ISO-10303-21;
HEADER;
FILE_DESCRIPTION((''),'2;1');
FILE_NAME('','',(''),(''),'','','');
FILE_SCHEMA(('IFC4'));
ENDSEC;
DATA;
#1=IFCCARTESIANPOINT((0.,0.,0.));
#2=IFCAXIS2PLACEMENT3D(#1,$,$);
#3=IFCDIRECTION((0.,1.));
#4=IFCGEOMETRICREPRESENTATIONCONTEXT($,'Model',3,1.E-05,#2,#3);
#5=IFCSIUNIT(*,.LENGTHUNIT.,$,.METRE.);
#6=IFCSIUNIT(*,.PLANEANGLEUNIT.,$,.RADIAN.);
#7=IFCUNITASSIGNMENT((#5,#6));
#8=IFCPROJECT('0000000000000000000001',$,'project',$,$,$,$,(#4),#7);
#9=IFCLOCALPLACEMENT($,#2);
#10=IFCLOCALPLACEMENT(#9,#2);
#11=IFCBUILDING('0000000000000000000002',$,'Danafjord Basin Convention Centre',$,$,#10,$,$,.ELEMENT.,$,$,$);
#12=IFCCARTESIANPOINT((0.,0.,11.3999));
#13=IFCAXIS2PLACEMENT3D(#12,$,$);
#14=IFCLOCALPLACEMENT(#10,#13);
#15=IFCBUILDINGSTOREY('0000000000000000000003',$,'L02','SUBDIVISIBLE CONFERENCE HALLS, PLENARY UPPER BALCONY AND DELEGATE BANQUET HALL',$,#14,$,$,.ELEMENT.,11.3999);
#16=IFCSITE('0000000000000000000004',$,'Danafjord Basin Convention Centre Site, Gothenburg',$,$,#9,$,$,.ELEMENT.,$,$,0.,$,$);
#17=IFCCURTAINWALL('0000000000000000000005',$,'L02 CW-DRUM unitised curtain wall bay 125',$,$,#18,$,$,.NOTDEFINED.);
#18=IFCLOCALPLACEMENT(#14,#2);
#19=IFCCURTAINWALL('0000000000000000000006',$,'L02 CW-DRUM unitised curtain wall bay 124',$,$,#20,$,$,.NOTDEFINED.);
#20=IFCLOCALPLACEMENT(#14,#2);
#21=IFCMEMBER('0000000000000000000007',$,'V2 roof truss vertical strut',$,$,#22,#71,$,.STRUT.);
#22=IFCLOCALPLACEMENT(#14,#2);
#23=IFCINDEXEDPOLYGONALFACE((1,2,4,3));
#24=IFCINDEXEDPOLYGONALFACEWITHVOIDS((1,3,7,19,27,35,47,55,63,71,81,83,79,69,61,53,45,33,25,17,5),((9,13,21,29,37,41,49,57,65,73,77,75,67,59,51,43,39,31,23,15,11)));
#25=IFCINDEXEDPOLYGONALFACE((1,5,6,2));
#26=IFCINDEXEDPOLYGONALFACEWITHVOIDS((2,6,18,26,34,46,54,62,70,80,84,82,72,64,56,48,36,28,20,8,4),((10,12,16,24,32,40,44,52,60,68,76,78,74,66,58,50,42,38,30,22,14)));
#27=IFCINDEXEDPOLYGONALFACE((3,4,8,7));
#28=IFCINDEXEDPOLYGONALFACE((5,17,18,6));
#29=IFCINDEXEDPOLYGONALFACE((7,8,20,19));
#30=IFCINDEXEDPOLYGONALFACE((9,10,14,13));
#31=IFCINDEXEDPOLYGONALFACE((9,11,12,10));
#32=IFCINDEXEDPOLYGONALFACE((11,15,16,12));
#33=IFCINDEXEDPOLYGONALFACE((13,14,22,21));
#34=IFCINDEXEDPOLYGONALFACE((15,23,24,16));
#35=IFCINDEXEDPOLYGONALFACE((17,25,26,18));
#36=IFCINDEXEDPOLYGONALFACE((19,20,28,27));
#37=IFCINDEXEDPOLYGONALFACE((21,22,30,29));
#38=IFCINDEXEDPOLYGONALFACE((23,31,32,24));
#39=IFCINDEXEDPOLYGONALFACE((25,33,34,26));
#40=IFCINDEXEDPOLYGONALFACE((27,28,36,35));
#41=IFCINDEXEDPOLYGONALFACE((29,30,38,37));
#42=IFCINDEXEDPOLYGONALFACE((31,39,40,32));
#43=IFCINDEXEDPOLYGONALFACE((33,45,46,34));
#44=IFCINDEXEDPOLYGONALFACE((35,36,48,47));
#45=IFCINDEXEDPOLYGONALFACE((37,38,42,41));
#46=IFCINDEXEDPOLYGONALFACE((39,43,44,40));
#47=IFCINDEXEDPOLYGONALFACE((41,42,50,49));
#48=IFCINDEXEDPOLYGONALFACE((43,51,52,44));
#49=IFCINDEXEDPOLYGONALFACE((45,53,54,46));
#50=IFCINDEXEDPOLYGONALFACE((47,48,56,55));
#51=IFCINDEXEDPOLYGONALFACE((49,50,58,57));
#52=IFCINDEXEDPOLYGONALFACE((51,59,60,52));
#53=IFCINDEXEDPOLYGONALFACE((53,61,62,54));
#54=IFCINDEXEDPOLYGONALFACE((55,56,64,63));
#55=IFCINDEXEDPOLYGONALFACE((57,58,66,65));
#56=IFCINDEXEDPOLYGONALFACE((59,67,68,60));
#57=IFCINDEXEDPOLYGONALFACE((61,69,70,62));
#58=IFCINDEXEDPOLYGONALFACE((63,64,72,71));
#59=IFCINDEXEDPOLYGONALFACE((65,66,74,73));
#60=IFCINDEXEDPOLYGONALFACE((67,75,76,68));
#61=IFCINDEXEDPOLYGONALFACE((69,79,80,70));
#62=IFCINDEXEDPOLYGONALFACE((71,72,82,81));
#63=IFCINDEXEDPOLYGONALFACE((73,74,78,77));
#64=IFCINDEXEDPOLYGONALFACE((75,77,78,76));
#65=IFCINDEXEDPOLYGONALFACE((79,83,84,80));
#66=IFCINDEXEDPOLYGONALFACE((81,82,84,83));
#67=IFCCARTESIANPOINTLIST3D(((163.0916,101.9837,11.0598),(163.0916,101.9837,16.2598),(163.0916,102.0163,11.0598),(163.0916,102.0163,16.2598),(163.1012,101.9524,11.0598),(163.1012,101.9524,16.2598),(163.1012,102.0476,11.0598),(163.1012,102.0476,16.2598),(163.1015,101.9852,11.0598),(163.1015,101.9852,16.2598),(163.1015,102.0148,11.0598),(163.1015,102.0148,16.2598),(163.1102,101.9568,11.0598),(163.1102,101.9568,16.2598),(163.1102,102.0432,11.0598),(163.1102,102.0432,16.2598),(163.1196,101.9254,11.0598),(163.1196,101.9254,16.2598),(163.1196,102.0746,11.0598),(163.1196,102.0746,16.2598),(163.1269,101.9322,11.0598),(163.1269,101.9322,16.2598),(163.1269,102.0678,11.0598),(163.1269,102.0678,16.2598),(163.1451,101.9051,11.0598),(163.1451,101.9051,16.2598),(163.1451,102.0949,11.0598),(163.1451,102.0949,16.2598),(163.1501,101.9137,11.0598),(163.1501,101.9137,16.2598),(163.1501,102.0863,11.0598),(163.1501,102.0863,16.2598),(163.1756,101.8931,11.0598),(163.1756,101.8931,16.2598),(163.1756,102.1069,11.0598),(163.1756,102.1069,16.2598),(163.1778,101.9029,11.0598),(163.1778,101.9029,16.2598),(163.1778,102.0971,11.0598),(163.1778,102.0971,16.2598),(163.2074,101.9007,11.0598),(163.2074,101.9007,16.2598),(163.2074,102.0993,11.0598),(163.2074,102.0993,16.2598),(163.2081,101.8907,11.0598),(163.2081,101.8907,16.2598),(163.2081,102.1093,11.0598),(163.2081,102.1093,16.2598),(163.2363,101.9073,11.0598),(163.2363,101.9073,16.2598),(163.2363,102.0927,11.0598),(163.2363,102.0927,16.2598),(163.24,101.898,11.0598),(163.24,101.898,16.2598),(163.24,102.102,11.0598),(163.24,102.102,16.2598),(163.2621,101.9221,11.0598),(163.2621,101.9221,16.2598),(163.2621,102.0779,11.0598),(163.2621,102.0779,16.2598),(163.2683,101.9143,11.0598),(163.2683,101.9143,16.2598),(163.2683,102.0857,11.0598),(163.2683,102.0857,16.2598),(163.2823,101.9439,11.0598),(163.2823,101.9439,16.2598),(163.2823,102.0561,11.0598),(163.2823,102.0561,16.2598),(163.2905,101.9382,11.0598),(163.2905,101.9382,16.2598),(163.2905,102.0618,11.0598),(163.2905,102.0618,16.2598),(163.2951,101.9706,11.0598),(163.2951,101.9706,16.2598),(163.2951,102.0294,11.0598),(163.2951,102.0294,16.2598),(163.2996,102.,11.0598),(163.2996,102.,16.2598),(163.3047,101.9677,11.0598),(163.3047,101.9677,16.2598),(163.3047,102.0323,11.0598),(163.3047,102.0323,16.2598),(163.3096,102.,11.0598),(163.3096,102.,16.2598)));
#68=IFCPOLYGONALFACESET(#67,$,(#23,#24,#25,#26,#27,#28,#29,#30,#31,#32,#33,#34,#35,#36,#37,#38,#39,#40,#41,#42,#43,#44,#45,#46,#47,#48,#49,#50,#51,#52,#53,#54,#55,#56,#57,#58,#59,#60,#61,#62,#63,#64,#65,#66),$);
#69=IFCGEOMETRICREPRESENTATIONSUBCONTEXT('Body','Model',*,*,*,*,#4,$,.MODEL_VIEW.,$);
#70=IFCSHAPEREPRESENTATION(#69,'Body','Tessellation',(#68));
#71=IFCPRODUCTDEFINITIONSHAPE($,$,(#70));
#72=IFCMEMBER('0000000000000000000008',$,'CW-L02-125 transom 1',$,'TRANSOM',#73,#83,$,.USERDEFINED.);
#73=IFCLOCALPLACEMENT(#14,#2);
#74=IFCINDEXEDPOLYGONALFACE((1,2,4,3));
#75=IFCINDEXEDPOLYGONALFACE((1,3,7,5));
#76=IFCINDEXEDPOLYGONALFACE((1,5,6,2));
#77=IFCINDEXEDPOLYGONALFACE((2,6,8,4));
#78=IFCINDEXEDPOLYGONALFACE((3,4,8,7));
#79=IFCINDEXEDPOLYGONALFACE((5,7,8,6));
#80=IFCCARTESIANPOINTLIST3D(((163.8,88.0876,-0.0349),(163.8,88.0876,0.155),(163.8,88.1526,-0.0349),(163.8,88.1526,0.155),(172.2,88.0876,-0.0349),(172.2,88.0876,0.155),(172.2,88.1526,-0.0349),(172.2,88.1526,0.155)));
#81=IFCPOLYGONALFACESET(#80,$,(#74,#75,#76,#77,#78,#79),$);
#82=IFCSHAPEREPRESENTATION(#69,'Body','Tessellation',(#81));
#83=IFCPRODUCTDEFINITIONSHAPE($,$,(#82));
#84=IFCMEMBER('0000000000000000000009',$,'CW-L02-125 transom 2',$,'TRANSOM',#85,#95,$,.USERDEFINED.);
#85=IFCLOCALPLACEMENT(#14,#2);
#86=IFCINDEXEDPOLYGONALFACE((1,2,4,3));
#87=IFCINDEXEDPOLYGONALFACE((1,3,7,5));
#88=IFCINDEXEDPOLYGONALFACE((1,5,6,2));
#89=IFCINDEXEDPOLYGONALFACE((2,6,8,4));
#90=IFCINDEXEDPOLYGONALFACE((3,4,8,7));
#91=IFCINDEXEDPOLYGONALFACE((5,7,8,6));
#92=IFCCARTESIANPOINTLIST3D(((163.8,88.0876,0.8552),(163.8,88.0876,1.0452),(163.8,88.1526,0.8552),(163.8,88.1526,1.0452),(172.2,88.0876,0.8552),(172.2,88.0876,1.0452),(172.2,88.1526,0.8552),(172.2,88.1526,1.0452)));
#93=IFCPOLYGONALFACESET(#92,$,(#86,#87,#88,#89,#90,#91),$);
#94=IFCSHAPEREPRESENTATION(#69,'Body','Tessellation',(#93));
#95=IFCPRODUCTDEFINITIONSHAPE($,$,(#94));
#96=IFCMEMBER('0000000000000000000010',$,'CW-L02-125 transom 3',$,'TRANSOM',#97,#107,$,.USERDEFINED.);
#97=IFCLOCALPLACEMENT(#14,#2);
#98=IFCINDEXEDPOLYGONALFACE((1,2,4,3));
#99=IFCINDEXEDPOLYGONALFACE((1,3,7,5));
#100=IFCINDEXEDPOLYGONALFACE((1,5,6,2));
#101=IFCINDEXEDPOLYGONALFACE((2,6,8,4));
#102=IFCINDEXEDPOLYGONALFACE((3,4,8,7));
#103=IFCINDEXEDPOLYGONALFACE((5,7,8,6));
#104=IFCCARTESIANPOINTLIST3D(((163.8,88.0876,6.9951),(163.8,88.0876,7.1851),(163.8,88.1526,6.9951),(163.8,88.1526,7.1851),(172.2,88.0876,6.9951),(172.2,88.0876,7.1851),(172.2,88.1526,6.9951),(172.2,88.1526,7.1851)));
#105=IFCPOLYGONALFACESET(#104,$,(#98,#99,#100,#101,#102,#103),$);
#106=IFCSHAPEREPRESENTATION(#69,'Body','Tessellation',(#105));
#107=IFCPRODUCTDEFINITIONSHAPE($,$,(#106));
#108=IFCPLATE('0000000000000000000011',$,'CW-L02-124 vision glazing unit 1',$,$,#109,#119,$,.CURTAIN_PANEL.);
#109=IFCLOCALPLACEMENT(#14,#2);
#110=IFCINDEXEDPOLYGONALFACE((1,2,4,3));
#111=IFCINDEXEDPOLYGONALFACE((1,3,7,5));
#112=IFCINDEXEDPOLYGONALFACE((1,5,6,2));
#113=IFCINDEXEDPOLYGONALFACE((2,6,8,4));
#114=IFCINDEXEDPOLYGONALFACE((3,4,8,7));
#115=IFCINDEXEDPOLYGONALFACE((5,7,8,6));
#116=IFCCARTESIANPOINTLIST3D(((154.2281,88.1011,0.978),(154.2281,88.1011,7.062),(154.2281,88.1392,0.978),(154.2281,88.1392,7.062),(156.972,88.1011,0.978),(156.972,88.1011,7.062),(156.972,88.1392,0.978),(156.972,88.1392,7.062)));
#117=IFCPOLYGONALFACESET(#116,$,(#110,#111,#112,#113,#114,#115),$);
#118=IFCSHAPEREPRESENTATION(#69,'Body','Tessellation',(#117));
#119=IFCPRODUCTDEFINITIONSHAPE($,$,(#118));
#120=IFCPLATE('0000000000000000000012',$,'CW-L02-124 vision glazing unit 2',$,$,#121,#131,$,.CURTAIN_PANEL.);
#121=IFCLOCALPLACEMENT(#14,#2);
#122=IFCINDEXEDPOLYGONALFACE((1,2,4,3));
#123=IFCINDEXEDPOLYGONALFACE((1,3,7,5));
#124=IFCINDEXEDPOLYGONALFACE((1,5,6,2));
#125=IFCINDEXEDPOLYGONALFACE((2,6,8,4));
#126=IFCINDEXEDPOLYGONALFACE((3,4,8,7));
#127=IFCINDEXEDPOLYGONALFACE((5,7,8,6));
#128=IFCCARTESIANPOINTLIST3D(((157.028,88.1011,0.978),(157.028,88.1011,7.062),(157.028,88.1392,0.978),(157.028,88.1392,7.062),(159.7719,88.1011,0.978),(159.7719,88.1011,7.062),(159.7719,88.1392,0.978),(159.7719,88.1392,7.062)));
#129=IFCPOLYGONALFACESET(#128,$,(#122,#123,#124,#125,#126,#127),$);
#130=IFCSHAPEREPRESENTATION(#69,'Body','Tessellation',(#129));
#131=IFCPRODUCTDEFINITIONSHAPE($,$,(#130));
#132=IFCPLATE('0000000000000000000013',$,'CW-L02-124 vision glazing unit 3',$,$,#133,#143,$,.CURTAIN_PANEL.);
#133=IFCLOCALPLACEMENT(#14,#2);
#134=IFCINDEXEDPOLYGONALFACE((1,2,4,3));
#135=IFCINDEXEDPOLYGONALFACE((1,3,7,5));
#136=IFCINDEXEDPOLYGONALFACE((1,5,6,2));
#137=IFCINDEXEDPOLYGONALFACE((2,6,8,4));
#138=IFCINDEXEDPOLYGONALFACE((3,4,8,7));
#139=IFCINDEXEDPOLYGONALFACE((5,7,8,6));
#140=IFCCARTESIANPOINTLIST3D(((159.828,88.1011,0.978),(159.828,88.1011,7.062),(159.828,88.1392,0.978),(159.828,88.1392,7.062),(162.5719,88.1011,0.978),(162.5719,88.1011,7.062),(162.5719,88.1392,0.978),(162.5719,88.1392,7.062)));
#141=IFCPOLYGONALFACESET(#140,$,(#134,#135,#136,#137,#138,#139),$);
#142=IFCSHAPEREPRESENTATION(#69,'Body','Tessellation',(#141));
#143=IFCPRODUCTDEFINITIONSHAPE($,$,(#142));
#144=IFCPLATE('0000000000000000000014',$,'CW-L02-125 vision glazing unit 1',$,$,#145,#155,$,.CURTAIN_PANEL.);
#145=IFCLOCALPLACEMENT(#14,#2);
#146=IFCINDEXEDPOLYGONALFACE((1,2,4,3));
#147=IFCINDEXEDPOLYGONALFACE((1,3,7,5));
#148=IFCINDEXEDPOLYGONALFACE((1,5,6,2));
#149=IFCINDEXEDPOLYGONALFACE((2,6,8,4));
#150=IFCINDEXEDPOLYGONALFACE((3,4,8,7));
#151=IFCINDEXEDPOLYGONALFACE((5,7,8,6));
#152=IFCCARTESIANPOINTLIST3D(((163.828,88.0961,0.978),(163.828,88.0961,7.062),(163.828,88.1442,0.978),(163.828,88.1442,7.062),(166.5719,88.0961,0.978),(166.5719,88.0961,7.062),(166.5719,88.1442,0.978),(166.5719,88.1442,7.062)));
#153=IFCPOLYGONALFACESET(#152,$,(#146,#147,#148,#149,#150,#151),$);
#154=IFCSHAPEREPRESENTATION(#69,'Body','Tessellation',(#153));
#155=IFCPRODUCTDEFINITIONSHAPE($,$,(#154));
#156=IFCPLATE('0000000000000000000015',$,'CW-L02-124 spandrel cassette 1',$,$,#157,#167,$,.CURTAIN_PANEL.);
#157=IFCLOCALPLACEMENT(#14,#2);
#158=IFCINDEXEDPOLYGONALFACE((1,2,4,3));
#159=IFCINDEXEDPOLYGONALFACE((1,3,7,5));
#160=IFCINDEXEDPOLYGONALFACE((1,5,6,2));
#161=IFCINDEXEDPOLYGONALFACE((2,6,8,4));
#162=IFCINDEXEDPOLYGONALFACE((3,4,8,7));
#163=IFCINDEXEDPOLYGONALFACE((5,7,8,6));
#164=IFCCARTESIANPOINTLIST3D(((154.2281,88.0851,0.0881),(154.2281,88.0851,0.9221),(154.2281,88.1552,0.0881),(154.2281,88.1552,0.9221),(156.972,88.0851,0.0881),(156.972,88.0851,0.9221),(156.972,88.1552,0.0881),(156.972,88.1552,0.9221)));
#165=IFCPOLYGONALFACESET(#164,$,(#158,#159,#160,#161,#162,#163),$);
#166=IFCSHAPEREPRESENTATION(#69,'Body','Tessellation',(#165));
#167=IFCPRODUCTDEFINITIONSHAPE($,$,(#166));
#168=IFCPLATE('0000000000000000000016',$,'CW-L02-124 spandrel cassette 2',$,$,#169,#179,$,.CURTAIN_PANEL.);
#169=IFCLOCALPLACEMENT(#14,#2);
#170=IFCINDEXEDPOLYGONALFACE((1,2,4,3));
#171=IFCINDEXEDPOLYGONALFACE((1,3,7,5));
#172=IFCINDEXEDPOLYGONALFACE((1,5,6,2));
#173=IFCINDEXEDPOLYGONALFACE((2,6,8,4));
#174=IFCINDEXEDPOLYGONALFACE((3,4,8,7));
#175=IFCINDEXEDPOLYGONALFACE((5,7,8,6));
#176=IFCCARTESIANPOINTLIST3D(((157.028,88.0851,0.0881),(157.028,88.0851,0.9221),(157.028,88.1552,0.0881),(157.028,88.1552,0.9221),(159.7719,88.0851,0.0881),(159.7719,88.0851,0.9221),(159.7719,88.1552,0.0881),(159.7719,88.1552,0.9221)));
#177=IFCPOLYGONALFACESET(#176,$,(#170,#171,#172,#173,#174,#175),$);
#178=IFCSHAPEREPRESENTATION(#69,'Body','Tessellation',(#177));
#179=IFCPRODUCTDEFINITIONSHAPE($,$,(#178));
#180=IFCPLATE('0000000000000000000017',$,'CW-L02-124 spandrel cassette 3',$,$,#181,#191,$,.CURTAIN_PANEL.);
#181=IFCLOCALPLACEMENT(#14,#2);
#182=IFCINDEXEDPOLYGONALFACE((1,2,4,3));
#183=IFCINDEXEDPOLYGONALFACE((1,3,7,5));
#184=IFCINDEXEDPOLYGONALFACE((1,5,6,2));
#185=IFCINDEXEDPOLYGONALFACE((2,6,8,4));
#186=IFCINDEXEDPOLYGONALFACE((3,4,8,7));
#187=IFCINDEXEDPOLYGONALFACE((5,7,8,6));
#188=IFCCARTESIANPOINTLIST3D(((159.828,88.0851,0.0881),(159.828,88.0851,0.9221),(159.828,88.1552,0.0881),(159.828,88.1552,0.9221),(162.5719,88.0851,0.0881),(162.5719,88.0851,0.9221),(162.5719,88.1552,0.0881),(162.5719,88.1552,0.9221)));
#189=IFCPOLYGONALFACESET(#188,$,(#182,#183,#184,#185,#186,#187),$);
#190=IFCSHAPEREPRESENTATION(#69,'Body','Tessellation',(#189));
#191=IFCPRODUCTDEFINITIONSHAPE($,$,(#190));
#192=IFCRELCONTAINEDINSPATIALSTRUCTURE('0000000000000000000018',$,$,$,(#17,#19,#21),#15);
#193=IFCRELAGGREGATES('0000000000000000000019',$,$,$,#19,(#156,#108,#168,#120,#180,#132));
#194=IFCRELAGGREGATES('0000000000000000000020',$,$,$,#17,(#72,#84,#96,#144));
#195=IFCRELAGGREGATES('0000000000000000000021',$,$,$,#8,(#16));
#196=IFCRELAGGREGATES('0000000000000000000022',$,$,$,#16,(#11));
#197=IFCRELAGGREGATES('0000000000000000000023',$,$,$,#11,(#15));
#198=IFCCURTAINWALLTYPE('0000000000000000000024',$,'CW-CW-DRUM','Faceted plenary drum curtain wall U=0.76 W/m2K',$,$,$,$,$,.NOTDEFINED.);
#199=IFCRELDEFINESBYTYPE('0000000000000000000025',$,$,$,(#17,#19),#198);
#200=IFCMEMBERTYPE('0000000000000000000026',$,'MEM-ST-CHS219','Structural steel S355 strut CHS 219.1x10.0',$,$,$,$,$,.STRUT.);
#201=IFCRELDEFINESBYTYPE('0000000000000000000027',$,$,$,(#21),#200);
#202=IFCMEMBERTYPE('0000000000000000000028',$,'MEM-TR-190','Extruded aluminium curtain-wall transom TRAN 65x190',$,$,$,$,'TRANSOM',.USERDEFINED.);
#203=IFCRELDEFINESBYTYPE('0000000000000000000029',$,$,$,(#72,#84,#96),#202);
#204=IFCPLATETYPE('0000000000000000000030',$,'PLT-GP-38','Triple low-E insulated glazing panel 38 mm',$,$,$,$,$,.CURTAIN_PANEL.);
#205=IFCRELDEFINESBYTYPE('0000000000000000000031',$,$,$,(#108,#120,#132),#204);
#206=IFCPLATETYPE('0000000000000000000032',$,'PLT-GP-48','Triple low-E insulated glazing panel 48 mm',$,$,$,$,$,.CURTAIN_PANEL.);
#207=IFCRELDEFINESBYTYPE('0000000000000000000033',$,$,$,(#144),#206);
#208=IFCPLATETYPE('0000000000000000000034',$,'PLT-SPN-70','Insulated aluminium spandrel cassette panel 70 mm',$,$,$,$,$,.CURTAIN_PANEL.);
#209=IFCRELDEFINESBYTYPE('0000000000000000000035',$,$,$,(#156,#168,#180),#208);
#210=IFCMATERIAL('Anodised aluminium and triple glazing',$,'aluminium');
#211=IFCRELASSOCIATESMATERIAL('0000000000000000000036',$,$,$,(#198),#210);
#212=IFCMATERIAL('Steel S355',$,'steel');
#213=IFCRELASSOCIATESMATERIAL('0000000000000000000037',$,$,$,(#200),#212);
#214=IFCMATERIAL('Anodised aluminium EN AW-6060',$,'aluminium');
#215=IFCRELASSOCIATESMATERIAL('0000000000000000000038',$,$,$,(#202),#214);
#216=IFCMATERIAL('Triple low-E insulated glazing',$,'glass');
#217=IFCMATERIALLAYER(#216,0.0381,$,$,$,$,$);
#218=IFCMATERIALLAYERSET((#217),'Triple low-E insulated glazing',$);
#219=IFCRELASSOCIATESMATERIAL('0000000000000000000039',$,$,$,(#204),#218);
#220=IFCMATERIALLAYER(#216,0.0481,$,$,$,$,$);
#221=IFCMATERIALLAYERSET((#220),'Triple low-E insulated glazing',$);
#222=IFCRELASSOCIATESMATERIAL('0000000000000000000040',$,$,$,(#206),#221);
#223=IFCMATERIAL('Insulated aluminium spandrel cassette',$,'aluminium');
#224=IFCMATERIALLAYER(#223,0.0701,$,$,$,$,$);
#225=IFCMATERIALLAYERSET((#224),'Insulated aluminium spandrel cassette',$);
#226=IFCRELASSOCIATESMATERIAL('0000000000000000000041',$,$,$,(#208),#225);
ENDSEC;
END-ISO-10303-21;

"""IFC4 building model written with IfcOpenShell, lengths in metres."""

from ifc_helpers import new_model, si_unit, direction, frame, origin, origin_2d, place, context, subcontext, project, spatial, rectangle, hollow_circle, extrude, material, layer, layer_set, material_profile, profile_set, type_object, element, aggregate, save


model = new_model("IFC4")

# Units and contexts
model_context = context("Model", 3, precision=1e-05, world=origin(), true_north=direction((0.0, 1.0)))
body_context = subcontext(model_context, "Body", "Model", "MODEL_VIEW")
ifc_project = project(units=[si_unit("LENGTHUNIT", "METRE"), si_unit("PLANEANGLEUNIT", "RADIAN")], contexts=[model_context])

# Site, building, storey
site_placement = place(None, origin())
site = spatial("IfcSite", under=ifc_project, at=site_placement, Name="Danafjord Basin Convention Centre Site, Gothenburg", CompositionType="ELEMENT", RefElevation=0.0)
building_placement = place(site_placement, origin())
building = spatial("IfcBuilding", under=site, at=building_placement, Name="Danafjord Basin Convention Centre", CompositionType="ELEMENT")
storey_placement = place(building_placement, frame((0.0, 0.0, 11.3999)))
storey = spatial("IfcBuildingStorey", under=building, at=storey_placement, Name="L02", Description="SUBDIVISIBLE CONFERENCE HALLS, PLENARY UPPER BALCONY AND DELEGATE BANQUET HALL", CompositionType="ELEMENT", Elevation=11.3999)

# Shared definitions
ifc_material_1 = material(Name="Steel S355", Category="steel")

# Curtain walls
ifc_material_2 = material(Name="Anodised aluminium and triple glazing", Category="aluminium")
curtain_wall_type = type_object("IfcCurtainWallType", Name="CW-CW-DRUM", Description="Faceted plenary drum curtain wall U=0.76 W/m2K", PredefinedType="NOTDEFINED", material=ifc_material_2)
curtain_wall_1_placement = place(storey_placement, origin())
curtain_wall_1 = element("IfcCurtainWall", 1, at=curtain_wall_1_placement, inside=storey, type_object=curtain_wall_type, Name="L02 CW-DRUM unitised curtain wall bay 125", PredefinedType="NOTDEFINED")
ifc_material_3 = material(Name="Anodised aluminium EN AW-6060", Category="aluminium")
curtain_wall_2_placement = place(storey_placement, origin())
curtain_wall_2 = element("IfcCurtainWall", 2, at=curtain_wall_2_placement, inside=storey, type_object=curtain_wall_type, Name="L02 CW-DRUM unitised curtain wall bay 124", PredefinedType="NOTDEFINED")

# Members
ifc_material_profile_1 = material_profile(ifc_material_1, hollow_circle(Radius=0.1096, WallThickness=0.01, at=origin_2d()), Name="CHS 219.1x10.0")
ifc_profile_set_1 = profile_set([ifc_material_profile_1], Name="Steel S355")
member_type_1 = type_object("IfcMemberType", Name="MEM-ST-CHS219", Description="Structural steel S355 strut CHS 219.1x10.0", PredefinedType="STRUT", material=ifc_profile_set_1)
member_1_placement = place(storey_placement, frame((163.2, 102.0, 11.0598), z_axis=(0.0, 0.0, 1.0), x_axis=(1.0, 0.0, 0.0)))
element("IfcMember", 3, at=member_1_placement, inside=storey, type_object=member_type_1, Name="V2 roof truss vertical strut", PredefinedType="STRUT", context=body_context, shape_type="SweptSolid", body=[
    extrude(hollow_circle(Radius=0.1096, WallThickness=0.01, at=origin_2d()), origin(), (0.0, 0.0, 1.0), 5.2),
])
ifc_material_profile_2 = material_profile(ifc_material_3, rectangle(XDim=0.0649, YDim=0.1899, at=origin_2d()), Name="TRAN 65x190")
ifc_profile_set_2 = profile_set([ifc_material_profile_2], Name="Anodised aluminium EN AW-6060")
member_type_2 = type_object("IfcMemberType", Name="MEM-TR-190", Description="Extruded aluminium curtain-wall transom TRAN 65x190", ElementType="TRANSOM", PredefinedType="USERDEFINED", material=ifc_profile_set_2)
member_2_placement = place(storey_placement, frame((163.8, 88.1201, 0.0601), z_axis=(1.0, 0.0, 0.0), x_axis=(0.0, 1.0, 0.0)))
member_2 = element("IfcMember", 4, at=member_2_placement, type_object=member_type_2, Name="CW-L02-125 transom 1", ObjectType="TRANSOM", PredefinedType="USERDEFINED", context=body_context, shape_type="SweptSolid", body=[
    extrude(rectangle(XDim=0.0649, YDim=0.1899, at=origin_2d()), origin(), (0.0, 0.0, 1.0), 8.3999),
])
member_3_placement = place(storey_placement, frame((163.8, 88.1201, 0.9502), z_axis=(1.0, 0.0, 0.0), x_axis=(0.0, 1.0, 0.0)))
member_3 = element("IfcMember", 5, at=member_3_placement, type_object=member_type_2, Name="CW-L02-125 transom 2", ObjectType="TRANSOM", PredefinedType="USERDEFINED", context=body_context, shape_type="SweptSolid", body=[
    extrude(rectangle(XDim=0.0649, YDim=0.1899, at=origin_2d()), origin(), (0.0, 0.0, 1.0), 8.3999),
])
member_4_placement = place(storey_placement, frame((163.8, 88.1201, 7.0901), z_axis=(1.0, 0.0, 0.0), x_axis=(0.0, 1.0, 0.0)))
member_4 = element("IfcMember", 6, at=member_4_placement, type_object=member_type_2, Name="CW-L02-125 transom 3", ObjectType="TRANSOM", PredefinedType="USERDEFINED", context=body_context, shape_type="SweptSolid", body=[
    extrude(rectangle(XDim=0.0649, YDim=0.1899, at=origin_2d()), origin(), (0.0, 0.0, 1.0), 8.3999),
])

# Plates
ifc_material_4 = material(Name="Triple low-E insulated glazing", Category="glass")
ifc_layer_1 = layer(ifc_material_4, 0.0381)
ifc_layer_set_1 = layer_set([ifc_layer_1], Name="Triple low-E insulated glazing")
plate_type_1 = type_object("IfcPlateType", Name="PLT-GP-38", Description="Triple low-E insulated glazing panel 38 mm", PredefinedType="CURTAIN_PANEL", material=ifc_layer_set_1)
plate_1_placement = place(storey_placement, frame((155.6001, 88.1201, 0.978), z_axis=(0.0, 0.0, 1.0), x_axis=(1.0, 0.0, 0.0)))
plate_1 = element("IfcPlate", 7, at=plate_1_placement, type_object=plate_type_1, Name="CW-L02-124 vision glazing unit 1", PredefinedType="CURTAIN_PANEL", context=body_context, shape_type="SweptSolid", body=[
    extrude(rectangle(XDim=2.7439, YDim=0.0381, at=origin_2d()), origin(), (0.0, 0.0, 1.0), 6.084),
])
plate_2_placement = place(storey_placement, frame((158.3999, 88.1201, 0.978), z_axis=(0.0, 0.0, 1.0), x_axis=(1.0, 0.0, 0.0)))
plate_2 = element("IfcPlate", 8, at=plate_2_placement, type_object=plate_type_1, Name="CW-L02-124 vision glazing unit 2", PredefinedType="CURTAIN_PANEL", context=body_context, shape_type="SweptSolid", body=[
    extrude(rectangle(XDim=2.7439, YDim=0.0381, at=origin_2d()), origin(), (0.0, 0.0, 1.0), 6.084),
])
plate_3_placement = place(storey_placement, frame((161.2, 88.1201, 0.978), z_axis=(0.0, 0.0, 1.0), x_axis=(1.0, 0.0, 0.0)))
plate_3 = element("IfcPlate", 9, at=plate_3_placement, type_object=plate_type_1, Name="CW-L02-124 vision glazing unit 3", PredefinedType="CURTAIN_PANEL", context=body_context, shape_type="SweptSolid", body=[
    extrude(rectangle(XDim=2.7439, YDim=0.0381, at=origin_2d()), origin(), (0.0, 0.0, 1.0), 6.084),
])
ifc_layer_2 = layer(ifc_material_4, 0.0481)
ifc_layer_set_2 = layer_set([ifc_layer_2], Name="Triple low-E insulated glazing")
plate_type_2 = type_object("IfcPlateType", Name="PLT-GP-48", Description="Triple low-E insulated glazing panel 48 mm", PredefinedType="CURTAIN_PANEL", material=ifc_layer_set_2)
plate_4_placement = place(storey_placement, frame((165.2, 88.1201, 0.978), z_axis=(0.0, 0.0, 1.0), x_axis=(1.0, 0.0, 0.0)))
plate_4 = element("IfcPlate", 10, at=plate_4_placement, type_object=plate_type_2, Name="CW-L02-125 vision glazing unit 1", PredefinedType="CURTAIN_PANEL", context=body_context, shape_type="SweptSolid", body=[
    extrude(rectangle(XDim=2.7439, YDim=0.0481, at=origin_2d()), origin(), (0.0, 0.0, 1.0), 6.084),
])
ifc_material_5 = material(Name="Insulated aluminium spandrel cassette", Category="aluminium")
ifc_layer_3 = layer(ifc_material_5, 0.0701)
ifc_layer_set_3 = layer_set([ifc_layer_3], Name="Insulated aluminium spandrel cassette")
plate_type_3 = type_object("IfcPlateType", Name="PLT-SPN-70", Description="Insulated aluminium spandrel cassette panel 70 mm", PredefinedType="CURTAIN_PANEL", material=ifc_layer_set_3)
plate_5_placement = place(storey_placement, frame((155.6001, 88.1201, 0.0881), z_axis=(0.0, 0.0, 1.0), x_axis=(1.0, 0.0, 0.0)))
plate_5 = element("IfcPlate", 11, at=plate_5_placement, type_object=plate_type_3, Name="CW-L02-124 spandrel cassette 1", PredefinedType="CURTAIN_PANEL", context=body_context, shape_type="SweptSolid", body=[
    extrude(rectangle(XDim=2.7439, YDim=0.0701, at=origin_2d()), origin(), (0.0, 0.0, 1.0), 0.834),
])
plate_6_placement = place(storey_placement, frame((158.3999, 88.1201, 0.0881), z_axis=(0.0, 0.0, 1.0), x_axis=(1.0, 0.0, 0.0)))
plate_6 = element("IfcPlate", 12, at=plate_6_placement, type_object=plate_type_3, Name="CW-L02-124 spandrel cassette 2", PredefinedType="CURTAIN_PANEL", context=body_context, shape_type="SweptSolid", body=[
    extrude(rectangle(XDim=2.7439, YDim=0.0701, at=origin_2d()), origin(), (0.0, 0.0, 1.0), 0.834),
])
plate_7_placement = place(storey_placement, frame((161.2, 88.1201, 0.0881), z_axis=(0.0, 0.0, 1.0), x_axis=(1.0, 0.0, 0.0)))
plate_7 = element("IfcPlate", 13, at=plate_7_placement, type_object=plate_type_3, Name="CW-L02-124 spandrel cassette 3", PredefinedType="CURTAIN_PANEL", context=body_context, shape_type="SweptSolid", body=[
    extrude(rectangle(XDim=2.7439, YDim=0.0701, at=origin_2d()), origin(), (0.0, 0.0, 1.0), 0.834),
])
aggregate(curtain_wall_2, [plate_5, plate_1, plate_6, plate_2, plate_7, plate_3])
aggregate(curtain_wall_1, [member_2, member_3, member_4, plate_4])

save(model, "model.ifc")
